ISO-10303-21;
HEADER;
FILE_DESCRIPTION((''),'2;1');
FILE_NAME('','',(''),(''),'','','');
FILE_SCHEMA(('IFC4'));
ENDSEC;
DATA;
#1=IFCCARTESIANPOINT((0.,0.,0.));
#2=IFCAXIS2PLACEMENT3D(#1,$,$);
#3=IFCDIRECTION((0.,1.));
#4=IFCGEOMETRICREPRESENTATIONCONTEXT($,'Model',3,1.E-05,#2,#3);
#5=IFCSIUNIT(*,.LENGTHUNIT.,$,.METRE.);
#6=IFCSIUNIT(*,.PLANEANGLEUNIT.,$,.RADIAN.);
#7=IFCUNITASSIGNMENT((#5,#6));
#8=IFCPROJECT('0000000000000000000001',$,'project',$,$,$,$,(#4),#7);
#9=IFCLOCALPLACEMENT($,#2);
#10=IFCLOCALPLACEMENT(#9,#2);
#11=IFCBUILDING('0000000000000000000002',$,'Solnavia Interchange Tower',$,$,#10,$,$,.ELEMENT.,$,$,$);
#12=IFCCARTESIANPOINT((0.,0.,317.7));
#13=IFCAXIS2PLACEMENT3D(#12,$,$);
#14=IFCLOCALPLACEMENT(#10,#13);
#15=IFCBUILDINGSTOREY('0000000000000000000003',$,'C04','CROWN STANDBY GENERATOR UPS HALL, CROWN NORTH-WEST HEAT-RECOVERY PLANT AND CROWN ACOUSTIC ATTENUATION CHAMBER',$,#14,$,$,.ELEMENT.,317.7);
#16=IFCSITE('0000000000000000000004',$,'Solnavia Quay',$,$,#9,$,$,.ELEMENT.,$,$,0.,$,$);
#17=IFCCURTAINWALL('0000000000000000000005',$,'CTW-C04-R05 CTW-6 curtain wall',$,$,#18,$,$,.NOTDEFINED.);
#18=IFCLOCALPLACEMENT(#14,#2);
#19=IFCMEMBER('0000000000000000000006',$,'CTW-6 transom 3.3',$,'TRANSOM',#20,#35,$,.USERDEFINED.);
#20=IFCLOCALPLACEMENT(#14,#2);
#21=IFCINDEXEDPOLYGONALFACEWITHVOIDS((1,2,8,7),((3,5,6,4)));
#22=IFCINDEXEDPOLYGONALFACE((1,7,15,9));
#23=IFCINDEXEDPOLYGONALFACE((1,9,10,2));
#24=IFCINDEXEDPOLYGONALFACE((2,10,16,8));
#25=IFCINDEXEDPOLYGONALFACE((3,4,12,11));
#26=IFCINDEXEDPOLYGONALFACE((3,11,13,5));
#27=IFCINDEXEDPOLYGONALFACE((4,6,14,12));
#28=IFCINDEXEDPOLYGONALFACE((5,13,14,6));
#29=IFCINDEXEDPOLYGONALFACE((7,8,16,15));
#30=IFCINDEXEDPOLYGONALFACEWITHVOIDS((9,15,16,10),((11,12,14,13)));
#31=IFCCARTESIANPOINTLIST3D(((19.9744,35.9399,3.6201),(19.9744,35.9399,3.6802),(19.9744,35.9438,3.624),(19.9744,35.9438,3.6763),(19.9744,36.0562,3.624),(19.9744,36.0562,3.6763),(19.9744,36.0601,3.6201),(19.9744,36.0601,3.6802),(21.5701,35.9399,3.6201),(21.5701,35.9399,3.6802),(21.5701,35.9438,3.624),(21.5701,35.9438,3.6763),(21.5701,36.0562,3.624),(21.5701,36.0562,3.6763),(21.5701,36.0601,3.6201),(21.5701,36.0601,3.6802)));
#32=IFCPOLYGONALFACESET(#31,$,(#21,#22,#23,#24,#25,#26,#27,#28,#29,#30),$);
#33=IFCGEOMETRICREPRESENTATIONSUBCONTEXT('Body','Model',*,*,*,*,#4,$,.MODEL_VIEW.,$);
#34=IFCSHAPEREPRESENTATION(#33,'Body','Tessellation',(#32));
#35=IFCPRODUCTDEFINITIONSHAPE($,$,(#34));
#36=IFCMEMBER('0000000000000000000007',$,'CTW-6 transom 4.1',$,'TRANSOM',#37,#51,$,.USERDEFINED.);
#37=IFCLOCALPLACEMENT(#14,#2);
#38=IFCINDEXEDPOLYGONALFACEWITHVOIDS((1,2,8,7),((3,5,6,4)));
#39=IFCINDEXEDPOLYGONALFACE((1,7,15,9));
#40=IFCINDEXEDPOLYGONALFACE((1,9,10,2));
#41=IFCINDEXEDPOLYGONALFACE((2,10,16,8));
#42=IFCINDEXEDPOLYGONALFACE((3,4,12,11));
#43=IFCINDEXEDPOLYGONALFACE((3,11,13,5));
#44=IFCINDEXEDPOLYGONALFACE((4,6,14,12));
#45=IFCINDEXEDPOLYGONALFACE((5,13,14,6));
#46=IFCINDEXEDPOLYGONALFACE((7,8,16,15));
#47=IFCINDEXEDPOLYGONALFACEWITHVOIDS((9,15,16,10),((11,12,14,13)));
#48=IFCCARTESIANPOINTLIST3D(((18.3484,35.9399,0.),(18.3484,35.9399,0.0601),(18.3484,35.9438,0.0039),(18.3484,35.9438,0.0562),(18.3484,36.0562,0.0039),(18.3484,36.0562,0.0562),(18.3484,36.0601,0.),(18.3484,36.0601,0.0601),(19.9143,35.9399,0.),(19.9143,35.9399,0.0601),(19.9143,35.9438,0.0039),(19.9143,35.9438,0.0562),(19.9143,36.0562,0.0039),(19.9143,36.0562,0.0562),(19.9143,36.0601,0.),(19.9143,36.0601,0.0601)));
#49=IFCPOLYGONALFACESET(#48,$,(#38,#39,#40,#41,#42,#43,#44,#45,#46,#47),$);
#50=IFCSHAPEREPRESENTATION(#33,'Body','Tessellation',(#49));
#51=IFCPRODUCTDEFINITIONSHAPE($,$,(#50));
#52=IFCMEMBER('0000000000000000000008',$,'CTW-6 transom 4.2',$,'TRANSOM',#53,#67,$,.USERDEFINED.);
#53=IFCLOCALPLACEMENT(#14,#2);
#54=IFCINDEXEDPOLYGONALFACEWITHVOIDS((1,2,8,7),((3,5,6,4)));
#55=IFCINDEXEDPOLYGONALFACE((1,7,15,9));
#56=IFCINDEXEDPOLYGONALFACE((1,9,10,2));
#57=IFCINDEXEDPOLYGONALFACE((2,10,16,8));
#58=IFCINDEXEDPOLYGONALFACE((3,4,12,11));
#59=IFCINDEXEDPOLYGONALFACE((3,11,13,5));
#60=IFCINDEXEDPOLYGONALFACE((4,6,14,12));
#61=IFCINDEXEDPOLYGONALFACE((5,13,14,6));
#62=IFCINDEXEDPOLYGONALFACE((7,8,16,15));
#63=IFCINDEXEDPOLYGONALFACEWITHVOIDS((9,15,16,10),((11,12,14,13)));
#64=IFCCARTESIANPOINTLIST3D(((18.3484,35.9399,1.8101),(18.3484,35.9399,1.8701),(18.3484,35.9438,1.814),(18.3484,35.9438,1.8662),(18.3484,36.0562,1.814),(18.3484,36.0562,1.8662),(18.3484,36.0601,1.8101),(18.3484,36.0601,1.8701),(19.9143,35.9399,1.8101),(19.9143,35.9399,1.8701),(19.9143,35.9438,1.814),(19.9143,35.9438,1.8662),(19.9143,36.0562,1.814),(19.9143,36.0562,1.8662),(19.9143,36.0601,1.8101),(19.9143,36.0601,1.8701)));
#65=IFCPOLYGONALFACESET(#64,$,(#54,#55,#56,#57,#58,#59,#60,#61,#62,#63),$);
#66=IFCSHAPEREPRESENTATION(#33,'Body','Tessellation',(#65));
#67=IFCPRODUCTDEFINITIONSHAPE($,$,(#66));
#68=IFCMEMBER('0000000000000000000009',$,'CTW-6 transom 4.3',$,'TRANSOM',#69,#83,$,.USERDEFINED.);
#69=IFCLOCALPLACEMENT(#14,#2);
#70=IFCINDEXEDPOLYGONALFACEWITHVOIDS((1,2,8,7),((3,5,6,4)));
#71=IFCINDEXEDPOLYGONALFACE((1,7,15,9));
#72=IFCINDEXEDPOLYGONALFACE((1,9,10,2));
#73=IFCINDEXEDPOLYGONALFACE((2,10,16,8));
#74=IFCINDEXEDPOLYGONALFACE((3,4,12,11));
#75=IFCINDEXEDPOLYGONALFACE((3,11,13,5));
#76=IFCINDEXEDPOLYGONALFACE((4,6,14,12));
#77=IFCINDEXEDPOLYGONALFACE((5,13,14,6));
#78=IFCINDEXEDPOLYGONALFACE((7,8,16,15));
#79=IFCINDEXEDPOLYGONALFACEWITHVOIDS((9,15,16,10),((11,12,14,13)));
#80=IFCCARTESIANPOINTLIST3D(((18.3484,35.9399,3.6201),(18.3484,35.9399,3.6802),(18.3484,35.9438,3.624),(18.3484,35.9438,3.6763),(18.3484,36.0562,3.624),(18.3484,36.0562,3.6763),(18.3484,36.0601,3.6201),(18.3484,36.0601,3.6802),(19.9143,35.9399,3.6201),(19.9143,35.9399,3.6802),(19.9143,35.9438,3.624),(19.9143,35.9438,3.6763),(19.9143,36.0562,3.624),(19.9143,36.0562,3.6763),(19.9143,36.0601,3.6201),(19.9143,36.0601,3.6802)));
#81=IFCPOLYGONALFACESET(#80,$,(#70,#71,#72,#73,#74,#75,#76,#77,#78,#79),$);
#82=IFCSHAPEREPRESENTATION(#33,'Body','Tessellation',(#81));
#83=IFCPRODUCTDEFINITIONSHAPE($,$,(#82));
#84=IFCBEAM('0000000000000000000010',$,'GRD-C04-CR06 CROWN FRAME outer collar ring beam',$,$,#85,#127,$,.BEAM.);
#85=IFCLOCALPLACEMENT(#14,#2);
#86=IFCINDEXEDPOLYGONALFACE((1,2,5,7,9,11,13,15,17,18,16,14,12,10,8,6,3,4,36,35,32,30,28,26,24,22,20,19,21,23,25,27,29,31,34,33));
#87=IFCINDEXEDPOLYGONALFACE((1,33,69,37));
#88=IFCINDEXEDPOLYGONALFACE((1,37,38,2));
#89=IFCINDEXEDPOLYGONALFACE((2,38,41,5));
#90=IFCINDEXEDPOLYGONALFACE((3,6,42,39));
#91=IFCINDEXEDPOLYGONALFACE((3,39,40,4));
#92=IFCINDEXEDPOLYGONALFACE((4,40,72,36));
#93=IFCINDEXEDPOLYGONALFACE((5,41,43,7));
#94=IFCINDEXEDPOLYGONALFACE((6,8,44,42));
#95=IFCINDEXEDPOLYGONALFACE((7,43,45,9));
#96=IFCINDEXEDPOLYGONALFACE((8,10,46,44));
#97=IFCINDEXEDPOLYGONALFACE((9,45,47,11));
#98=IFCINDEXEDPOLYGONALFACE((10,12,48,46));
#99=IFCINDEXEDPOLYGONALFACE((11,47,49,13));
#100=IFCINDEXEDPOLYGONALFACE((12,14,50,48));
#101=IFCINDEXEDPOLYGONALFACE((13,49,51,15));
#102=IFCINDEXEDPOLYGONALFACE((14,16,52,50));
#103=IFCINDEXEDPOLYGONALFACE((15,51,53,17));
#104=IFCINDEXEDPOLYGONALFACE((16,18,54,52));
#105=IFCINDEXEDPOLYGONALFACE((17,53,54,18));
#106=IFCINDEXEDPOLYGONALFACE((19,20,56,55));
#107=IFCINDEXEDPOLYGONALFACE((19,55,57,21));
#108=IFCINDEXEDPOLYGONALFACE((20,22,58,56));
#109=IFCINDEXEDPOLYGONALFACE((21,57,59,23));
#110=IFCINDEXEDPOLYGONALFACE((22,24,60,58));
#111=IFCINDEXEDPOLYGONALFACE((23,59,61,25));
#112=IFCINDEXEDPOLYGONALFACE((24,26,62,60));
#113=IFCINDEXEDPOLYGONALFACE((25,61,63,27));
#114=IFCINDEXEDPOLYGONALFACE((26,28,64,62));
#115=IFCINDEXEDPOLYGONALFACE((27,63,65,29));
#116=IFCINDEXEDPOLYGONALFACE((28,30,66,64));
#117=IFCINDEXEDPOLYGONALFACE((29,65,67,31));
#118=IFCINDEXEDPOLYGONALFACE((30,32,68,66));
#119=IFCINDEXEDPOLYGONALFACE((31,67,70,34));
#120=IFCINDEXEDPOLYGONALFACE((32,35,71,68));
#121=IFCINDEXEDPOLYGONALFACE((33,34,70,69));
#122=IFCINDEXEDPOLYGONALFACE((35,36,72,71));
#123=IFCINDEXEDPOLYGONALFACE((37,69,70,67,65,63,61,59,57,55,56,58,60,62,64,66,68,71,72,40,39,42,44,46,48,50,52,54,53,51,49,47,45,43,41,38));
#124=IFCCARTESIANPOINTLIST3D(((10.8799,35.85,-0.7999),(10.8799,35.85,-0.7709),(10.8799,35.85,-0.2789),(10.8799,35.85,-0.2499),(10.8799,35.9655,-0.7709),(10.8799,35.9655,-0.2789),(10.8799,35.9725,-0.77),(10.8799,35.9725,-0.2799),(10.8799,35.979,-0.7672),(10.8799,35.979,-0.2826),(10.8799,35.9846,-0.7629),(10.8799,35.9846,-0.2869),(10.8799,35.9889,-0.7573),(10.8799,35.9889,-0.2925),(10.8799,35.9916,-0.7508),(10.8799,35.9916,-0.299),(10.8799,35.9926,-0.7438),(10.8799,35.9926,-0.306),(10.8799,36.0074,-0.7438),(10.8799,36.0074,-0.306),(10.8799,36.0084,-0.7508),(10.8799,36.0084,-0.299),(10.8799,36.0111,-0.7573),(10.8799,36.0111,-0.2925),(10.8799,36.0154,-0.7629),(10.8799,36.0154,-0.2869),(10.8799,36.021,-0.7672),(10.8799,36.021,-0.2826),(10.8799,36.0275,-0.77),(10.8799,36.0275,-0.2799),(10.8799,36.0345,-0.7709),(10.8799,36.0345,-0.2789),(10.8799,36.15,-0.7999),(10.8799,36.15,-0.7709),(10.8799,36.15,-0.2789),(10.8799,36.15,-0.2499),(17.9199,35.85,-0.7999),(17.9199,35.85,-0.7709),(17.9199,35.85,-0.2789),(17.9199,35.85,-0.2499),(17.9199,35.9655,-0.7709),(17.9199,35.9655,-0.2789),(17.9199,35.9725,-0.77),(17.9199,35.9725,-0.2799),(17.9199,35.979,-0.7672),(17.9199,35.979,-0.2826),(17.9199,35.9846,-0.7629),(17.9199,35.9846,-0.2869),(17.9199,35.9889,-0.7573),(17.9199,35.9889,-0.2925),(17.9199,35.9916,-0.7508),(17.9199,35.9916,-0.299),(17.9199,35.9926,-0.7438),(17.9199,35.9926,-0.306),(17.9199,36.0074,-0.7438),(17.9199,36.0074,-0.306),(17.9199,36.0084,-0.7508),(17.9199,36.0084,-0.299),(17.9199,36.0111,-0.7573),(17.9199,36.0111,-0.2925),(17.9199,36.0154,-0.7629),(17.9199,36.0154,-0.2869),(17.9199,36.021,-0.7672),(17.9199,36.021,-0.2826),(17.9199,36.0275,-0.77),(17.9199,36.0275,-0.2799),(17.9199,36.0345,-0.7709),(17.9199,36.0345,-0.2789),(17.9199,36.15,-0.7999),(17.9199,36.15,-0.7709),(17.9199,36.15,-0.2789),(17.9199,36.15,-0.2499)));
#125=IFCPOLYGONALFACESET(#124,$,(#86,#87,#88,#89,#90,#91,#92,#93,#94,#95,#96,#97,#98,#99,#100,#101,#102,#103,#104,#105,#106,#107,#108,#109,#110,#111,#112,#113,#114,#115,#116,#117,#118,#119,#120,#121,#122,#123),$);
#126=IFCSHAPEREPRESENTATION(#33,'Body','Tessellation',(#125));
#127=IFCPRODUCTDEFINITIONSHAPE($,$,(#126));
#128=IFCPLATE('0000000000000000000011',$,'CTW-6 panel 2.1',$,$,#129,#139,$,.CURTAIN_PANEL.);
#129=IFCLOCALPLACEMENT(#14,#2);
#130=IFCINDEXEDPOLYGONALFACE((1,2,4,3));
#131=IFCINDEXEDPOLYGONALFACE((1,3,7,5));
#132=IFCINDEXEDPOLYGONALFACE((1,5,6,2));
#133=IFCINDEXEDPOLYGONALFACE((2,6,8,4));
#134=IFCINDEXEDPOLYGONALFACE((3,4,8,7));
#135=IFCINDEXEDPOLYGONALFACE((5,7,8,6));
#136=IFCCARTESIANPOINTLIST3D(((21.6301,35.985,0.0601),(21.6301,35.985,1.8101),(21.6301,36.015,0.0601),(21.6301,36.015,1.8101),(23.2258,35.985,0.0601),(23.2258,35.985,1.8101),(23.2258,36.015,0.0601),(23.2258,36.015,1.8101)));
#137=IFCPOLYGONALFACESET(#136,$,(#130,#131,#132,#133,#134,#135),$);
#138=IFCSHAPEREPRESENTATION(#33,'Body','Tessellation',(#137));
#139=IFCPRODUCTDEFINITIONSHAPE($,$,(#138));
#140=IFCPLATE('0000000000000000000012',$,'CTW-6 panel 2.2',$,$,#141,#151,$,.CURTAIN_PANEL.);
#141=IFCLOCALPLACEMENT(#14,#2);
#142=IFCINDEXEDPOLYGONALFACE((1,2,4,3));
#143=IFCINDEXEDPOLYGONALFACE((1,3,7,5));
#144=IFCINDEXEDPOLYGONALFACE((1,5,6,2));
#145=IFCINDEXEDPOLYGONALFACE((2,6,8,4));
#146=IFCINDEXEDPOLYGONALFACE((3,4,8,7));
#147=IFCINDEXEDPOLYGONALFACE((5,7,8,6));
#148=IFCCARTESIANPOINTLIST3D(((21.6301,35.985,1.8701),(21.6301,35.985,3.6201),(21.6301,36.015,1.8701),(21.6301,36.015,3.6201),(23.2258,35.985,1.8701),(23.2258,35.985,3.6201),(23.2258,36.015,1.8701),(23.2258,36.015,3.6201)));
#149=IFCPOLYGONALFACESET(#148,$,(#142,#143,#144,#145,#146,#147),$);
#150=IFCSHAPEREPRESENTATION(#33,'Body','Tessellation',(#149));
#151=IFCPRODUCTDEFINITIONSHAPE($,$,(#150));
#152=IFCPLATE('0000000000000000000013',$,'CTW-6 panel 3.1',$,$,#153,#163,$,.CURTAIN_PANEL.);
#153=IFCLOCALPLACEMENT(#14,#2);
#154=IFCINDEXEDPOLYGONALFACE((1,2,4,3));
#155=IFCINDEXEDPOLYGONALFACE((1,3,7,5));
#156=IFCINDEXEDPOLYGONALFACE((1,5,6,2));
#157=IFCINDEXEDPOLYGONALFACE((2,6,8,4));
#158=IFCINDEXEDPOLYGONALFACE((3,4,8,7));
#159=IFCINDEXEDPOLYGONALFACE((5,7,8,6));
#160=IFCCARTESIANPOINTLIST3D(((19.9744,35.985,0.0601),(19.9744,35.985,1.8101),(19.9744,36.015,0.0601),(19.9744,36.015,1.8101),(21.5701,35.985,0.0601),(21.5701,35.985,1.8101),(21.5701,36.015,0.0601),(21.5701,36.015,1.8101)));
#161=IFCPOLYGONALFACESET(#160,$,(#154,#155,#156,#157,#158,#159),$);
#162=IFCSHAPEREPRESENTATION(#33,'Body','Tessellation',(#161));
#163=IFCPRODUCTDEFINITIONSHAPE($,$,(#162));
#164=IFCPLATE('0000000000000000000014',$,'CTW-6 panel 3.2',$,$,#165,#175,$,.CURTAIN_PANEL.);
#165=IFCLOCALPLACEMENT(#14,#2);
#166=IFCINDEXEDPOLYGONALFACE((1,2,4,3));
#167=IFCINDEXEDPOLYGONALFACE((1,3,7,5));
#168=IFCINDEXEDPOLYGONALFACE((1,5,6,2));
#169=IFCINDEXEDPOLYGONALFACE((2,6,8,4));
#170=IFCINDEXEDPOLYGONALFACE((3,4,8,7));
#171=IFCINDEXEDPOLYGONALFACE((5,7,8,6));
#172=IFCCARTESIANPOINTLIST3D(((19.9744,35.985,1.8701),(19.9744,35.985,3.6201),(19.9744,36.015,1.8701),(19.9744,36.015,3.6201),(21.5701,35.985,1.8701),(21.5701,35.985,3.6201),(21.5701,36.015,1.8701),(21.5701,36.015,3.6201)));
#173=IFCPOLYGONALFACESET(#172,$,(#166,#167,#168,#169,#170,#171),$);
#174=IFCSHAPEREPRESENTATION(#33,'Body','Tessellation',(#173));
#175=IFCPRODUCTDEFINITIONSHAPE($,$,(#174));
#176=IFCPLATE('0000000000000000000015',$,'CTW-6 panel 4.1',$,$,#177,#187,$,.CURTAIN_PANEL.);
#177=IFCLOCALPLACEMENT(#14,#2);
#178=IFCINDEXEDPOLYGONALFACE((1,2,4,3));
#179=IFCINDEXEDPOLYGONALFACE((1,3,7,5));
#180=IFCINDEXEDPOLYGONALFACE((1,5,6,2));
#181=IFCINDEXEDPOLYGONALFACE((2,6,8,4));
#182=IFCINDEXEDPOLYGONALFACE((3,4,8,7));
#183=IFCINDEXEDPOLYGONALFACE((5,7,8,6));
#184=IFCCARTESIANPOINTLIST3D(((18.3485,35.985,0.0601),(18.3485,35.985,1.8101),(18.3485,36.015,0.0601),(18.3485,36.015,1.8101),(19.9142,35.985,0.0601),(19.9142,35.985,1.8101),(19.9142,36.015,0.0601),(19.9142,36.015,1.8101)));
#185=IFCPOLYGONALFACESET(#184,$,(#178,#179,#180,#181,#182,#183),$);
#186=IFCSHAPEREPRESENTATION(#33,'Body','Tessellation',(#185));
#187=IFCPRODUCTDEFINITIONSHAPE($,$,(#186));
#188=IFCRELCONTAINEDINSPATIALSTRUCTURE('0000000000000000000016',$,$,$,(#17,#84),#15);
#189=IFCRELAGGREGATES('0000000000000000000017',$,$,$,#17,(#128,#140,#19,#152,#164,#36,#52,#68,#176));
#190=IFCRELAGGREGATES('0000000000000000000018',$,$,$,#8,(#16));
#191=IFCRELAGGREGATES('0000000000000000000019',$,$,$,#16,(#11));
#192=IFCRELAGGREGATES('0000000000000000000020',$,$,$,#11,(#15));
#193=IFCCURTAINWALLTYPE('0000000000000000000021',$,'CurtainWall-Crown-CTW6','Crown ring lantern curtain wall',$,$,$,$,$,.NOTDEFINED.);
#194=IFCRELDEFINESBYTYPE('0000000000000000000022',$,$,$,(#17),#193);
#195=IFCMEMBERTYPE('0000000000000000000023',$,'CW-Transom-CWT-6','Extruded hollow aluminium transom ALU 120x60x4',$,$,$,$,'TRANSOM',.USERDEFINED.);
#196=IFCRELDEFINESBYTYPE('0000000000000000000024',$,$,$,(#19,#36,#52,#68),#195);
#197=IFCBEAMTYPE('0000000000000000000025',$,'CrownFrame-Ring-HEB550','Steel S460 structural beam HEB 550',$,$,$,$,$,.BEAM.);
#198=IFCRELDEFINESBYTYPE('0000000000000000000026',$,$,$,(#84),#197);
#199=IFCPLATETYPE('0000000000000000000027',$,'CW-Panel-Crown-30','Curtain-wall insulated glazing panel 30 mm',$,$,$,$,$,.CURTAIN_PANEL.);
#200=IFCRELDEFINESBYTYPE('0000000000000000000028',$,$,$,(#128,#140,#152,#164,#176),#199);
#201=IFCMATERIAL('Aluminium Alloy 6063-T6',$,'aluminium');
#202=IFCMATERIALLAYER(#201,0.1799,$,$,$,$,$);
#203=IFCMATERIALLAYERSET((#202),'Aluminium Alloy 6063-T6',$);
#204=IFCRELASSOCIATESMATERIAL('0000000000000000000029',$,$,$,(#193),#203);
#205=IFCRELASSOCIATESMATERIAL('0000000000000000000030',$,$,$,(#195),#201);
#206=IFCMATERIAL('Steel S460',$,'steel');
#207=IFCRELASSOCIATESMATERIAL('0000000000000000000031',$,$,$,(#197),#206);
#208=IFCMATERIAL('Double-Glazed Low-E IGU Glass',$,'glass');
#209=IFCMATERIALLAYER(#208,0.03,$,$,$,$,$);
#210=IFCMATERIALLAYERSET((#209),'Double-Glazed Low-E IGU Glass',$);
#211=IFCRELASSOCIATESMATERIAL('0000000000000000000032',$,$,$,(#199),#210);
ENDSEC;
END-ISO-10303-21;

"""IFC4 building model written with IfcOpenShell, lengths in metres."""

from ifc_helpers import new_model, si_unit, direction, frame, origin, origin_2d, place, context, subcontext, project, spatial, rectangle, hollow_rectangle, i_section, extrude, material, layer, layer_set, material_profile, profile_set, type_object, element, aggregate, save


model = new_model("IFC4")

# Units and contexts
model_context = context("Model", 3, precision=1e-05, world=origin(), true_north=direction((0.0, 1.0)))
body_context = subcontext(model_context, "Body", "Model", "MODEL_VIEW")
ifc_project = project(units=[si_unit("LENGTHUNIT", "METRE"), si_unit("PLANEANGLEUNIT", "RADIAN")], contexts=[model_context])

# Site, building, storey
site_placement = place(None, origin())
site = spatial("IfcSite", under=ifc_project, at=site_placement, Name="Solnavia Quay", CompositionType="ELEMENT", RefElevation=0.0)
building_placement = place(site_placement, origin())
building = spatial("IfcBuilding", under=site, at=building_placement, Name="Solnavia Interchange Tower", CompositionType="ELEMENT")
storey_placement = place(building_placement, frame((0.0, 0.0, 317.7)))
storey = spatial("IfcBuildingStorey", under=building, at=storey_placement, Name="C04", Description="CROWN STANDBY GENERATOR UPS HALL, CROWN NORTH-WEST HEAT-RECOVERY PLANT AND CROWN ACOUSTIC ATTENUATION CHAMBER", CompositionType="ELEMENT", Elevation=317.7)

# Shared definitions
ifc_material_1 = material(Name="Steel S460", Category="steel")

# Curtain wall, members
ifc_material_2 = material(Name="Aluminium Alloy 6063-T6", Category="aluminium")
ifc_layer_1 = layer(ifc_material_2, 0.1799)
ifc_layer_set_1 = layer_set([ifc_layer_1], Name="Aluminium Alloy 6063-T6")
curtain_wall_type = type_object("IfcCurtainWallType", Name="CurtainWall-Crown-CTW6", Description="Crown ring lantern curtain wall", PredefinedType="NOTDEFINED", material=ifc_layer_set_1)
curtain_wall_placement = place(storey_placement, origin())
curtain_wall = element("IfcCurtainWall", 1, at=curtain_wall_placement, inside=storey, type_object=curtain_wall_type, Name="CTW-C04-R05 CTW-6 curtain wall", PredefinedType="NOTDEFINED")
ifc_material_profile_1 = material_profile(ifc_material_2, hollow_rectangle(XDim=0.0601, YDim=0.1201, WallThickness=0.0039, at=origin_2d()), Name="ALU 120x60x4")
ifc_profile_set_1 = profile_set([ifc_material_profile_1], Name="Aluminium Alloy 6063-T6")
member_type_1 = type_object("IfcMemberType", Name="CW-Transom-CWT-6", Description="Extruded hollow aluminium transom ALU 120x60x4", ElementType="TRANSOM", PredefinedType="USERDEFINED", material=ifc_profile_set_1)
member_1_placement = place(storey_placement, frame((21.5701, 36.0, 3.6501), z_axis=(-1.0, 0.0, 0.0), x_axis=(0.0, 0.0, 1.0)))
member_1 = element("IfcMember", 2, at=member_1_placement, type_object=member_type_1, Name="CTW-6 transom 3.3", ObjectType="TRANSOM", PredefinedType="USERDEFINED", context=body_context, shape_type="SweptSolid", body=[
    extrude(hollow_rectangle(XDim=0.0601, YDim=0.1201, WallThickness=0.0039, at=origin_2d()), origin(), (0.0, 0.0, 1.0), 1.5957),
])
member_2_placement = place(storey_placement, frame((19.9143, 36.0, 0.03), z_axis=(-1.0, 0.0, 0.0), x_axis=(0.0, 0.0, 1.0)))
member_2 = element("IfcMember", 3, at=member_2_placement, type_object=member_type_1, Name="CTW-6 transom 4.1", ObjectType="TRANSOM", PredefinedType="USERDEFINED", context=body_context, shape_type="SweptSolid", body=[
    extrude(hollow_rectangle(XDim=0.0601, YDim=0.1201, WallThickness=0.0039, at=origin_2d()), origin(), (0.0, 0.0, 1.0), 1.5659),
])
member_3_placement = place(storey_placement, frame((19.9143, 36.0, 1.8401), z_axis=(-1.0, 0.0, 0.0), x_axis=(0.0, 0.0, 1.0)))
member_3 = element("IfcMember", 4, at=member_3_placement, type_object=member_type_1, Name="CTW-6 transom 4.2", ObjectType="TRANSOM", PredefinedType="USERDEFINED", context=body_context, shape_type="SweptSolid", body=[
    extrude(hollow_rectangle(XDim=0.0601, YDim=0.1201, WallThickness=0.0039, at=origin_2d()), origin(), (0.0, 0.0, 1.0), 1.5659),
])
member_4_placement = place(storey_placement, frame((19.9143, 36.0, 3.6501), z_axis=(-1.0, 0.0, 0.0), x_axis=(0.0, 0.0, 1.0)))
member_4 = element("IfcMember", 5, at=member_4_placement, type_object=member_type_1, Name="CTW-6 transom 4.3", ObjectType="TRANSOM", PredefinedType="USERDEFINED", context=body_context, shape_type="SweptSolid", body=[
    extrude(hollow_rectangle(XDim=0.0601, YDim=0.1201, WallThickness=0.0039, at=origin_2d()), origin(), (0.0, 0.0, 1.0), 1.5659),
])

# Beam
ifc_material_profile_2 = material_profile(ifc_material_1, i_section(OverallWidth=0.3, OverallDepth=0.55, WebThickness=0.0149, FlangeThickness=0.0291, FilletRadius=0.0271, at=origin_2d()), Name="HEB 550")
ifc_profile_set_2 = profile_set([ifc_material_profile_2], Name="Steel S460")
beam_type = type_object("IfcBeamType", Name="CrownFrame-Ring-HEB550", Description="Steel S460 structural beam HEB 550", PredefinedType="BEAM", material=ifc_profile_set_2)
beam_placement = place(storey_placement, frame((17.9199, 36.0, -0.5249), z_axis=(-1.0, 0.0, 0.0), x_axis=(0.0, -1.0, 0.0)))
element("IfcBeam", 6, at=beam_placement, inside=storey, type_object=beam_type, Name="GRD-C04-CR06 CROWN FRAME outer collar ring beam", PredefinedType="BEAM", context=body_context, shape_type="SweptSolid", body=[
    extrude(i_section(OverallWidth=0.3, OverallDepth=0.55, WebThickness=0.0149, FlangeThickness=0.0291, FilletRadius=0.0271, at=origin_2d()), origin(), (0.0, 0.0, 1.0), 7.04),
])

# Plates
ifc_material_3 = material(Name="Double-Glazed Low-E IGU Glass", Category="glass")
ifc_layer_2 = layer(ifc_material_3, 0.03)
ifc_layer_set_2 = layer_set([ifc_layer_2], Name="Double-Glazed Low-E IGU Glass")
plate_type_1 = type_object("IfcPlateType", Name="CW-Panel-Crown-30", Description="Curtain-wall insulated glazing panel 30 mm", PredefinedType="CURTAIN_PANEL", material=ifc_layer_set_2)
plate_1_placement = place(storey_placement, frame((22.428, 36.0, 0.0601), z_axis=(0.0, 0.0, 1.0), x_axis=(-1.0, 0.0, 0.0)))
plate_1 = element("IfcPlate", 7, at=plate_1_placement, type_object=plate_type_1, Name="CTW-6 panel 2.1", PredefinedType="CURTAIN_PANEL", context=body_context, shape_type="SweptSolid", body=[
    extrude(rectangle(XDim=1.5957, YDim=0.03, at=origin_2d()), origin(), (0.0, 0.0, 1.0), 1.75),
])
plate_2_placement = place(storey_placement, frame((22.428, 36.0, 1.8701), z_axis=(0.0, 0.0, 1.0), x_axis=(-1.0, 0.0, 0.0)))
plate_2 = element("IfcPlate", 8, at=plate_2_placement, type_object=plate_type_1, Name="CTW-6 panel 2.2", PredefinedType="CURTAIN_PANEL", context=body_context, shape_type="SweptSolid", body=[
    extrude(rectangle(XDim=1.5957, YDim=0.03, at=origin_2d()), origin(), (0.0, 0.0, 1.0), 1.75),
])
plate_3_placement = place(storey_placement, frame((20.7722, 36.0, 0.0601), z_axis=(0.0, 0.0, 1.0), x_axis=(-1.0, 0.0, 0.0)))
plate_3 = element("IfcPlate", 9, at=plate_3_placement, type_object=plate_type_1, Name="CTW-6 panel 3.1", PredefinedType="CURTAIN_PANEL", context=body_context, shape_type="SweptSolid", body=[
    extrude(rectangle(XDim=1.5957, YDim=0.03, at=origin_2d()), origin(), (0.0, 0.0, 1.0), 1.75),
])
plate_4_placement = place(storey_placement, frame((20.7722, 36.0, 1.8701), z_axis=(0.0, 0.0, 1.0), x_axis=(-1.0, 0.0, 0.0)))
plate_4 = element("IfcPlate", 10, at=plate_4_placement, type_object=plate_type_1, Name="CTW-6 panel 3.2", PredefinedType="CURTAIN_PANEL", context=body_context, shape_type="SweptSolid", body=[
    extrude(rectangle(XDim=1.5957, YDim=0.03, at=origin_2d()), origin(), (0.0, 0.0, 1.0), 1.75),
])
plate_5_placement = place(storey_placement, frame((19.1313, 36.0, 0.0601), z_axis=(0.0, 0.0, 1.0), x_axis=(-1.0, 0.0, 0.0)))
plate_5 = element("IfcPlate", 11, at=plate_5_placement, type_object=plate_type_1, Name="CTW-6 panel 4.1", PredefinedType="CURTAIN_PANEL", context=body_context, shape_type="SweptSolid", body=[
    extrude(rectangle(XDim=1.5657, YDim=0.03, at=origin_2d()), origin(), (0.0, 0.0, 1.0), 1.75),
])
aggregate(curtain_wall, [plate_1, plate_2, member_1, plate_3, plate_4, member_2, member_3, member_4, plate_5])

save(model, "model.ifc")
